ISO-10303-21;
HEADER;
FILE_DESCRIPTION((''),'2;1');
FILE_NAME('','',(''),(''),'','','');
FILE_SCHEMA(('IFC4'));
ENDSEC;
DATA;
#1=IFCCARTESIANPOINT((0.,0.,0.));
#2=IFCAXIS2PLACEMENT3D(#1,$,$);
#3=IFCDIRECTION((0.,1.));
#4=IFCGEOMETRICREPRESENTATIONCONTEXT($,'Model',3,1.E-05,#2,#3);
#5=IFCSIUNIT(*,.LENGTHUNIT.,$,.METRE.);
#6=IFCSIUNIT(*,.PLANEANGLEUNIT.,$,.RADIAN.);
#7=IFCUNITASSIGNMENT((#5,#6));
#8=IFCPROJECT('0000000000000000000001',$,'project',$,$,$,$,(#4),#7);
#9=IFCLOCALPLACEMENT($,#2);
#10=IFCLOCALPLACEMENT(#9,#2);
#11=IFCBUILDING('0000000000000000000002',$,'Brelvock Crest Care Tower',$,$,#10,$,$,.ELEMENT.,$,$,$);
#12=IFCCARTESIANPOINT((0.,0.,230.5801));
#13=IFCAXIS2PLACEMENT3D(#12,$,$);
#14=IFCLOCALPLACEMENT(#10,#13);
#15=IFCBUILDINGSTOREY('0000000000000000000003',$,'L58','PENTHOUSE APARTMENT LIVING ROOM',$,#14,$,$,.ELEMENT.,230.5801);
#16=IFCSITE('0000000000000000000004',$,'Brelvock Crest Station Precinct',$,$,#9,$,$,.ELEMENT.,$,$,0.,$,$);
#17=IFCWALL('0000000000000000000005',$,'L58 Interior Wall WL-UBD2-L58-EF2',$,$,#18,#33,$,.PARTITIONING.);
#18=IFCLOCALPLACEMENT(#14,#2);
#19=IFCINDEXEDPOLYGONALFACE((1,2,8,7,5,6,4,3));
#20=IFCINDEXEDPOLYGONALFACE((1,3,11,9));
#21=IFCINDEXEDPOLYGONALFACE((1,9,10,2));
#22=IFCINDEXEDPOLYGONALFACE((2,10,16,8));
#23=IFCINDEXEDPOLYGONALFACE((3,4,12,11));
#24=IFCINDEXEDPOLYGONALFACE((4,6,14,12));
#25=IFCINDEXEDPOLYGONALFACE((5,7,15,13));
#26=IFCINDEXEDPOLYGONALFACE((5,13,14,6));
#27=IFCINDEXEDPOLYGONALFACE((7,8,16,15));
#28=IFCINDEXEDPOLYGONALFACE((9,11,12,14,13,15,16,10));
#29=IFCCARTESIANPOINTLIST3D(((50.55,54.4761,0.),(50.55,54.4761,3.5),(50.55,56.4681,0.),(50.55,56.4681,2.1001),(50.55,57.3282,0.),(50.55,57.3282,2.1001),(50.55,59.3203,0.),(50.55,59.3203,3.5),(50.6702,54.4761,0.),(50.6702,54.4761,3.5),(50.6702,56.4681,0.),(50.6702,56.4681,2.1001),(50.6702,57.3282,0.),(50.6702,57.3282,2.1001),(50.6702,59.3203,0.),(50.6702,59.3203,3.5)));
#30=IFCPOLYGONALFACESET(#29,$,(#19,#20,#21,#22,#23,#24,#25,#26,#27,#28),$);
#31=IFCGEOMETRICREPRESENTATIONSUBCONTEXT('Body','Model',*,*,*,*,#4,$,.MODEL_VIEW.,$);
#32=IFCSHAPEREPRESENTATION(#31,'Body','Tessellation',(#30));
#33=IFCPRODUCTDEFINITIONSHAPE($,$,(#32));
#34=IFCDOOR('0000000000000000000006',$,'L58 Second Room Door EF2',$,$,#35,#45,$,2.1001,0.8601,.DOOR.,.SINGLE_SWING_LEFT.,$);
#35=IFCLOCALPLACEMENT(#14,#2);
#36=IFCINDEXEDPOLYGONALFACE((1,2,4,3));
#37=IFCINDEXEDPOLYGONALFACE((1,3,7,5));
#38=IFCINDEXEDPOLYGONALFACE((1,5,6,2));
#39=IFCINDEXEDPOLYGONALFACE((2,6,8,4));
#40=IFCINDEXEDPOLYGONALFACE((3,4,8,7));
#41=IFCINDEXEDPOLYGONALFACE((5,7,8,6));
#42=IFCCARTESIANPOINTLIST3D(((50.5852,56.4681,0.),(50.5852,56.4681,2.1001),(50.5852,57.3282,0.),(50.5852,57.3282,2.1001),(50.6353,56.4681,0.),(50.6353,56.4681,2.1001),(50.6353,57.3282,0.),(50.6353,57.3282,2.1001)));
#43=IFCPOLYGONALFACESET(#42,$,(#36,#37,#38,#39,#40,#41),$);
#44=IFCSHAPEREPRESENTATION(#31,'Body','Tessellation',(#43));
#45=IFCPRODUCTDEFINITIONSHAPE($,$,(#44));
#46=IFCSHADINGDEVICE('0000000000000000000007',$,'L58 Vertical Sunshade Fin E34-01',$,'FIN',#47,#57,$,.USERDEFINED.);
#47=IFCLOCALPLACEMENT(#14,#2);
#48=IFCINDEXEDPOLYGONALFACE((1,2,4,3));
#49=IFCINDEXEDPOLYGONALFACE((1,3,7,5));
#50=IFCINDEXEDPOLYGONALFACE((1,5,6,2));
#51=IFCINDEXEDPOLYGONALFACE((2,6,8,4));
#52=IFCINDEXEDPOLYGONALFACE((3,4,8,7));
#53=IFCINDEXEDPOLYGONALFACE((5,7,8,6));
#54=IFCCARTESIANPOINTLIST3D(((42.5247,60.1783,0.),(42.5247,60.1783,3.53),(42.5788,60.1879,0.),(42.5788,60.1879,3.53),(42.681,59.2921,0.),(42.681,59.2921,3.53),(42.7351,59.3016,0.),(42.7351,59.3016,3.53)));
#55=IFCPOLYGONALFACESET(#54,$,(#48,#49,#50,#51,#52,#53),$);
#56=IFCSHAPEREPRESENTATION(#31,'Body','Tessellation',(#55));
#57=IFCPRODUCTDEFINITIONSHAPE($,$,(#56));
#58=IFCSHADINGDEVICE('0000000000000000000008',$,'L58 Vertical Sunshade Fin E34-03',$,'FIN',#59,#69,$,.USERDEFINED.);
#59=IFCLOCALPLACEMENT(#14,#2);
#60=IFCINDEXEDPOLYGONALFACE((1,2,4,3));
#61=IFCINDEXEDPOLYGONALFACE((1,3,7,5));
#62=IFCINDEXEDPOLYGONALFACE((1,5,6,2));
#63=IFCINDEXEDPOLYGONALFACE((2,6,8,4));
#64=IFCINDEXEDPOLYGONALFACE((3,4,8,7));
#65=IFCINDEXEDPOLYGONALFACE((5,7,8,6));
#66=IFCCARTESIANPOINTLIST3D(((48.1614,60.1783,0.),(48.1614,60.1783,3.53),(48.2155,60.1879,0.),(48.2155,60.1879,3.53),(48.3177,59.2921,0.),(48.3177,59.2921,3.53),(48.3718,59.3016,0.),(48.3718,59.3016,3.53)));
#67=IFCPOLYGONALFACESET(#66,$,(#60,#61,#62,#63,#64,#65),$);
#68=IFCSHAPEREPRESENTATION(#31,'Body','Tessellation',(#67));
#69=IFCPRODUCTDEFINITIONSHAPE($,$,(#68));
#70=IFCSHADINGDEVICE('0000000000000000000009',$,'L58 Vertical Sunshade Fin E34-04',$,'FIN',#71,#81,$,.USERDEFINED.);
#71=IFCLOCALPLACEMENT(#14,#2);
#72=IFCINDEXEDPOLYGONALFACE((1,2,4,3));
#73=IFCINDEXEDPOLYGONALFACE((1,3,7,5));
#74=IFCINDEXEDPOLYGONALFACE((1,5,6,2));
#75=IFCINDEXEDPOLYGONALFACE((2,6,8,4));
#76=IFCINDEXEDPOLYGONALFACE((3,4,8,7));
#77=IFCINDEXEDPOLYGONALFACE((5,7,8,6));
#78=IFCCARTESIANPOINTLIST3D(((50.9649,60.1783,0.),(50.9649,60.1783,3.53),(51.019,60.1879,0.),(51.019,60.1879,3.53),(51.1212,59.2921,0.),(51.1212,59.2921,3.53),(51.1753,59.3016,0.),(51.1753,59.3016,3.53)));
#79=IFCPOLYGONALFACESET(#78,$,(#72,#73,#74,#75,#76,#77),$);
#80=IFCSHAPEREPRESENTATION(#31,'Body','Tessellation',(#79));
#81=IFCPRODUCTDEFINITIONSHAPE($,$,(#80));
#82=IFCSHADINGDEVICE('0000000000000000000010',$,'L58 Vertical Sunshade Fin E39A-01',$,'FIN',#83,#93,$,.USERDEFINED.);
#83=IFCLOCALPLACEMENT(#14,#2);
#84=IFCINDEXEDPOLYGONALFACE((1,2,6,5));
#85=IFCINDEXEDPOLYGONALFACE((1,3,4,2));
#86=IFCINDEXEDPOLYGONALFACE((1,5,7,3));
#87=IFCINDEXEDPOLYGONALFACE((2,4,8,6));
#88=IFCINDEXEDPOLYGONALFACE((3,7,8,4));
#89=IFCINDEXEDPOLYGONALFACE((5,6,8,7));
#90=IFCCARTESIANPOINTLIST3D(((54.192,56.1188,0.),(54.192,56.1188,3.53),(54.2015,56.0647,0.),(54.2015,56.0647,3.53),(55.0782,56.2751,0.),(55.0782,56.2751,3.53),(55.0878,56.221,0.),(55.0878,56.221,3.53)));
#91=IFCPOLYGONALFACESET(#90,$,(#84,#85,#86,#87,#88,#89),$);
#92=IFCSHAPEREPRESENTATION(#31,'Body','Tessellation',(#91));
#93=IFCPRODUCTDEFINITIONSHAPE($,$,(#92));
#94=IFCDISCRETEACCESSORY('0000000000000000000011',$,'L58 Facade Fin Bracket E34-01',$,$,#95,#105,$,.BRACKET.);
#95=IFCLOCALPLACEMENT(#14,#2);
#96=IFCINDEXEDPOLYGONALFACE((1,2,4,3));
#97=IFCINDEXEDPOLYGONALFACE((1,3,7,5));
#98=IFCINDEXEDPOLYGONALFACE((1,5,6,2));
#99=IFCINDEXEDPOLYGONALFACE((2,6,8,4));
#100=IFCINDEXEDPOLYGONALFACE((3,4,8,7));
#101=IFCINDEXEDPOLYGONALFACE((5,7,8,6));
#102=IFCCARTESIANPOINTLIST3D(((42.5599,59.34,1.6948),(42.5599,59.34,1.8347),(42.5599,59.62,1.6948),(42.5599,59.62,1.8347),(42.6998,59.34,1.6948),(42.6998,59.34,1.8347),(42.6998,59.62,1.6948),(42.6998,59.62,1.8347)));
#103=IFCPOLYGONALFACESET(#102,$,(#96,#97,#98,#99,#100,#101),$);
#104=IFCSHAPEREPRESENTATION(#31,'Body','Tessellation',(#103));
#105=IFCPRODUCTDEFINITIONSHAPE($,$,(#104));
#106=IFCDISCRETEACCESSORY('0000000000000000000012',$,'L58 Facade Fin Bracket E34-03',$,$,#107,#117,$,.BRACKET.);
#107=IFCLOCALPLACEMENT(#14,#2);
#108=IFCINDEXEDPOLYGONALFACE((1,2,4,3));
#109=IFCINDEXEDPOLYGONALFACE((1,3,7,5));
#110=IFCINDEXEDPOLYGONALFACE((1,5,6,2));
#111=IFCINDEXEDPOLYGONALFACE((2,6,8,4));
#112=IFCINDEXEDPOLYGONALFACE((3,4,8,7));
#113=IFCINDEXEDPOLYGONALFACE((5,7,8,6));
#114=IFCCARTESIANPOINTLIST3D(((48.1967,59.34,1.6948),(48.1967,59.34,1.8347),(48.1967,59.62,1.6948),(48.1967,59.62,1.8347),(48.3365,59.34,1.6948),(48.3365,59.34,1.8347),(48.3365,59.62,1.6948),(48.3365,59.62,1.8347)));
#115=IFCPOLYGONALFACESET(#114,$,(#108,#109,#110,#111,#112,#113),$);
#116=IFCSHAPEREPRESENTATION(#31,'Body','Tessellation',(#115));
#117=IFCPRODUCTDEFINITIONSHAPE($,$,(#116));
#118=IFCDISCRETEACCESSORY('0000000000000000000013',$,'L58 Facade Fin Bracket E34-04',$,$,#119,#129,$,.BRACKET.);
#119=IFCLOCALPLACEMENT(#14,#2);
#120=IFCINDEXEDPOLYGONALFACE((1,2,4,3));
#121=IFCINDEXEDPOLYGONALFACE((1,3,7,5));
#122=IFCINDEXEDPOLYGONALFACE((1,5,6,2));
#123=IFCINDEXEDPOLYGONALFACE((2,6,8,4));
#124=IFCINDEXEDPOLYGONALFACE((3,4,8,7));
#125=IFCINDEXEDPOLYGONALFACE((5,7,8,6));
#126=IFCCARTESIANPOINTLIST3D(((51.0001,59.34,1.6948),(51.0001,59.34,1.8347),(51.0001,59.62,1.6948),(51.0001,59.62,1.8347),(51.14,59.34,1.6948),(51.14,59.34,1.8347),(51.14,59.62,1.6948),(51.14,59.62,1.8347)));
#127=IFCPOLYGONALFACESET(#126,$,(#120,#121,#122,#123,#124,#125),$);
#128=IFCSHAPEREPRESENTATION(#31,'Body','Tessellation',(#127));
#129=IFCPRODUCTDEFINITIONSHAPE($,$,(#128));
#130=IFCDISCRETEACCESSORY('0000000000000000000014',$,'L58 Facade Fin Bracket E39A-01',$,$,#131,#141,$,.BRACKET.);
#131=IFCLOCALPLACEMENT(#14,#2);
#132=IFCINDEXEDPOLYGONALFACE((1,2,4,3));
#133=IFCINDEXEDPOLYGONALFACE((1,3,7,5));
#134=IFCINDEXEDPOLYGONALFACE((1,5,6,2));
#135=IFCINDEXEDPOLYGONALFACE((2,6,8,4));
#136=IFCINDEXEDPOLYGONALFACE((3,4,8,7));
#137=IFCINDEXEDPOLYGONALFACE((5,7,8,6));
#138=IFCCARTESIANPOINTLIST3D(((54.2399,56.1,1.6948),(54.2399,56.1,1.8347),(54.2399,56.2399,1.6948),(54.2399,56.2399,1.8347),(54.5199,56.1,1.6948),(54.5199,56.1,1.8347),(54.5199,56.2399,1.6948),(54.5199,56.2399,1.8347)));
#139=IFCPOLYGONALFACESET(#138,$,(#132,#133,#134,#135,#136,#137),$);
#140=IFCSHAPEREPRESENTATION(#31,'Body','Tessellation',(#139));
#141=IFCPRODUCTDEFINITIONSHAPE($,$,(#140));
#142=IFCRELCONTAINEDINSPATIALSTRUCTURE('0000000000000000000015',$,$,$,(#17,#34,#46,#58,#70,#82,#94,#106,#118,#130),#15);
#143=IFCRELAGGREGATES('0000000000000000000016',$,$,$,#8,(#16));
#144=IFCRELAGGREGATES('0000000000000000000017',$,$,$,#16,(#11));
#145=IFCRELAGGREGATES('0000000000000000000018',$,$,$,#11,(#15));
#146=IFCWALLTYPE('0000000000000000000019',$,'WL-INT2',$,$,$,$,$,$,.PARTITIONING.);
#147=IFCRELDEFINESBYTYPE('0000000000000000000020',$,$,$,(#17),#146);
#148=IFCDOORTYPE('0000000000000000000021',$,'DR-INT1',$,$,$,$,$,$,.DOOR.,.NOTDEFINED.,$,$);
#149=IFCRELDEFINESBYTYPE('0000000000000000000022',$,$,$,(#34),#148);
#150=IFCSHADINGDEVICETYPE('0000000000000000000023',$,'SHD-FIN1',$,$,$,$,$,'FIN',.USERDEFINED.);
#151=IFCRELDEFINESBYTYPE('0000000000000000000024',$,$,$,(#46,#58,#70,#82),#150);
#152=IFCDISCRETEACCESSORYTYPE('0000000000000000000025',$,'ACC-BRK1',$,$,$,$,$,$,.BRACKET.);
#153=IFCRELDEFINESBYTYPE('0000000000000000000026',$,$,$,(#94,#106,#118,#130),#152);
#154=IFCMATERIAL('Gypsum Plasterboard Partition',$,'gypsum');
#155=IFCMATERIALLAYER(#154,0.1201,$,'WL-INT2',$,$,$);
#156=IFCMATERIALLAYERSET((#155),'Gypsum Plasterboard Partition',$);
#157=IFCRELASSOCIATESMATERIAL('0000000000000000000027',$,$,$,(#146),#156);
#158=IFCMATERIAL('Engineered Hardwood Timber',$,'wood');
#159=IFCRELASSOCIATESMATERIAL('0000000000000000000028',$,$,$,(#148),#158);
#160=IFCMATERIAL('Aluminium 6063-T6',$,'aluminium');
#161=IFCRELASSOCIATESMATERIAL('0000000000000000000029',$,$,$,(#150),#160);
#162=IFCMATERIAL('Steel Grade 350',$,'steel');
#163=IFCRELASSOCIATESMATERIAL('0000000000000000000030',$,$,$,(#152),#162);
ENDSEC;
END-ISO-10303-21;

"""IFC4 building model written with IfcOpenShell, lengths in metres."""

from ifc_helpers import new_model, si_unit, direction, frame, frame_2d, origin, origin_2d, place, context, subcontext, project, spatial, rectangle, extrude, source, transform, mapped, material, layer, layer_set, material_profile, profile_set, type_object, element, fill, save


model = new_model("IFC4")

# Units and contexts
model_context = context("Model", 3, precision=1e-05, world=origin(), true_north=direction((0.0, 1.0)))
body_context = subcontext(model_context, "Body", "Model", "MODEL_VIEW")
ifc_project = project(units=[si_unit("LENGTHUNIT", "METRE"), si_unit("PLANEANGLEUNIT", "RADIAN")], contexts=[model_context])

# Site, building, storey
site_placement = place(None, origin())
site = spatial("IfcSite", under=ifc_project, at=site_placement, Name="Brelvock Crest Station Precinct", CompositionType="ELEMENT", RefElevation=0.0)
building_placement = place(site_placement, origin())
building = spatial("IfcBuilding", under=site, at=building_placement, Name="Brelvock Crest Care Tower", CompositionType="ELEMENT")
storey_placement = place(building_placement, frame((0.0, 0.0, 230.5801)))
storey = spatial("IfcBuildingStorey", under=building, at=storey_placement, Name="L58", Description="PENTHOUSE APARTMENT LIVING ROOM", CompositionType="ELEMENT", Elevation=230.5801)

# Shared definitions
ifc_material_1 = material(Name="Aluminium 6063-T6", Category="aluminium")

# Shared definitions
ifc_material_2 = material(Name="Gypsum Plasterboard Partition", Category="gypsum")
ifc_layer_1 = layer(ifc_material_2, 0.1201, Name="WL-INT2")
ifc_layer_set_1 = layer_set([ifc_layer_1], Name="Gypsum Plasterboard Partition")
wall_type_1 = type_object("IfcWallType", Name="WL-INT2", PredefinedType="PARTITIONING", material=ifc_layer_set_1)

# Wall, opening, door
wall_1_placement = place(storey_placement, frame((50.6101, 54.4761, 0.0), z_axis=(0.0, 0.0, 1.0), x_axis=(0.0, 1.0, 0.0)))
wall_1 = element("IfcWall", 1, at=wall_1_placement, inside=storey, type_object=wall_type_1, Name="L58 Interior Wall WL-UBD2-L58-EF2", PredefinedType="PARTITIONING", context=body_context, shape_type="SweptSolid", body=[
    extrude(rectangle(XDim=4.8442, YDim=0.1201, at=frame_2d((2.4221, 0.0))), origin(), (0.0, 0.0, 1.0), 3.5),
])
opening_placement = place(wall_1_placement, frame((1.9919, 0.0, 0.0)))
opening = element("IfcOpeningElement", 2, at=opening_placement, cuts=wall_1, PredefinedType="OPENING", context=body_context, shape_type="SweptSolid", body=[
    extrude(rectangle(XDim=0.8601, YDim=2.1001, at=origin_2d()), frame((0.4302, 0.0701, 1.05), z_axis=(0.0, -1.0, 0.0), x_axis=(1.0, 0.0, 0.0)), (0.0, 0.0, 1.0), 0.1401),
])
ifc_material_3 = material(Name="Engineered Hardwood Timber", Category="wood")
door_type = type_object("IfcDoorType", Name="DR-INT1", OperationType="NOTDEFINED", PredefinedType="DOOR", material=ifc_material_3)
shared_shape_1 = source(origin(), body_context, "Body", "SweptSolid", [
    extrude(rectangle(XDim=0.8601, YDim=2.1001, at=origin_2d()), frame((0.4302, 0.0249, 1.05), z_axis=(0.0, -1.0, 0.0), x_axis=(1.0, 0.0, 0.0)), (0.0, 0.0, 1.0), 0.05),
])
door_placement = place(opening_placement, origin())
door = element("IfcDoor", 3, at=door_placement, inside=storey, type_object=door_type, Name="L58 Second Room Door EF2", OperationType="SINGLE_SWING_LEFT", OverallHeight=2.1001, OverallWidth=0.8601, PredefinedType="DOOR", context=body_context, shape_type="MappedRepresentation", body=[
    mapped(shared_shape_1, transform((0.0, 0.0, 0.0), x_axis=(1.0, 0.0, 0.0), y_axis=(0.0, 1.0, 0.0), z_axis=(0.0, 0.0, 1.0), scale=1.0)),
])
fill(opening, door)

# Shading devices
ifc_material_profile_1 = material_profile(ifc_material_1, rectangle(XDim=0.0549, YDim=0.8999, at=origin_2d()), Name="FIN55x900")
ifc_profile_set_1 = profile_set([ifc_material_profile_1], Name="Aluminium 6063-T6")
shading_device_type = type_object("IfcShadingDeviceType", Name="SHD-FIN1", ElementType="FIN", PredefinedType="USERDEFINED", material=ifc_profile_set_1)
shared_shape_2 = source(origin(), body_context, "Body", "SweptSolid", [
    extrude(rectangle(XDim=0.0549, YDim=0.8999, at=origin_2d()), origin(), (0.0, 0.0, 1.0), 3.53),
])
for number, where, z_axis, x_axis, name in (
    (4, (42.6299, 59.74, 0.0), (0.0, 0.0, 1.0), (0.984808, 0.173648, 0.0), "L58 Vertical Sunshade Fin E34-01"),
    (5, (48.2666, 59.74, 0.0), (0.0, 0.0, 1.0), (0.984808, 0.173648, 0.0), "L58 Vertical Sunshade Fin E34-03"),
    (6, (51.0701, 59.74, 0.0), (0.0, 0.0, 1.0), (0.984808, 0.173648, 0.0), "L58 Vertical Sunshade Fin E34-04"),
    (7, (54.6399, 56.1699, 0.0), (0.0, 0.0, 1.0), (0.173648, -0.984808, 0.0), "L58 Vertical Sunshade Fin E39A-01"),
):
    element("IfcShadingDevice", number, at=place(storey_placement, frame(where, z_axis=z_axis, x_axis=x_axis)), inside=storey, type_object=shading_device_type, Name=name, ObjectType="FIN", PredefinedType="USERDEFINED", context=body_context, shape_type="MappedRepresentation", body=[
        mapped(shared_shape_2, transform((0.0, 0.0, 0.0), x_axis=(1.0, 0.0, 0.0), y_axis=(0.0, 1.0, 0.0), z_axis=(0.0, 0.0, 1.0), scale=1.0)),
    ])

# Discrete accessories
ifc_material_4 = material(Name="Steel Grade 350", Category="steel")
discrete_accessory_type = type_object("IfcDiscreteAccessoryType", Name="ACC-BRK1", PredefinedType="BRACKET", material=ifc_material_4)
shared_shape_3 = source(origin(), body_context, "Body", "SweptSolid", [
    extrude(rectangle(XDim=0.28, YDim=0.1399, at=origin_2d()), origin(), (0.0, 0.0, 1.0), 0.1399),
])
for number, where, z_axis, x_axis, name in (
    (8, (42.6299, 59.48, 1.6948), (0.0, 0.0, 1.0), (0.0, 1.0, 0.0), "L58 Facade Fin Bracket E34-01"),
    (9, (48.2666, 59.48, 1.6948), (0.0, 0.0, 1.0), (0.0, 1.0, 0.0), "L58 Facade Fin Bracket E34-03"),
    (10, (51.0701, 59.48, 1.6948), (0.0, 0.0, 1.0), (0.0, 1.0, 0.0), "L58 Facade Fin Bracket E34-04"),
    (11, (54.3799, 56.1699, 1.6948), (0.0, 0.0, 1.0), (1.0, 0.0, 0.0), "L58 Facade Fin Bracket E39A-01"),
):
    element("IfcDiscreteAccessory", number, at=place(storey_placement, frame(where, z_axis=z_axis, x_axis=x_axis)), inside=storey, type_object=discrete_accessory_type, Name=name, PredefinedType="BRACKET", context=body_context, shape_type="MappedRepresentation", body=[
        mapped(shared_shape_3, transform((0.0, 0.0, 0.0), x_axis=(1.0, 0.0, 0.0), y_axis=(0.0, 1.0, 0.0), z_axis=(0.0, 0.0, 1.0), scale=1.0)),
    ])

save(model, "model.ifc")
